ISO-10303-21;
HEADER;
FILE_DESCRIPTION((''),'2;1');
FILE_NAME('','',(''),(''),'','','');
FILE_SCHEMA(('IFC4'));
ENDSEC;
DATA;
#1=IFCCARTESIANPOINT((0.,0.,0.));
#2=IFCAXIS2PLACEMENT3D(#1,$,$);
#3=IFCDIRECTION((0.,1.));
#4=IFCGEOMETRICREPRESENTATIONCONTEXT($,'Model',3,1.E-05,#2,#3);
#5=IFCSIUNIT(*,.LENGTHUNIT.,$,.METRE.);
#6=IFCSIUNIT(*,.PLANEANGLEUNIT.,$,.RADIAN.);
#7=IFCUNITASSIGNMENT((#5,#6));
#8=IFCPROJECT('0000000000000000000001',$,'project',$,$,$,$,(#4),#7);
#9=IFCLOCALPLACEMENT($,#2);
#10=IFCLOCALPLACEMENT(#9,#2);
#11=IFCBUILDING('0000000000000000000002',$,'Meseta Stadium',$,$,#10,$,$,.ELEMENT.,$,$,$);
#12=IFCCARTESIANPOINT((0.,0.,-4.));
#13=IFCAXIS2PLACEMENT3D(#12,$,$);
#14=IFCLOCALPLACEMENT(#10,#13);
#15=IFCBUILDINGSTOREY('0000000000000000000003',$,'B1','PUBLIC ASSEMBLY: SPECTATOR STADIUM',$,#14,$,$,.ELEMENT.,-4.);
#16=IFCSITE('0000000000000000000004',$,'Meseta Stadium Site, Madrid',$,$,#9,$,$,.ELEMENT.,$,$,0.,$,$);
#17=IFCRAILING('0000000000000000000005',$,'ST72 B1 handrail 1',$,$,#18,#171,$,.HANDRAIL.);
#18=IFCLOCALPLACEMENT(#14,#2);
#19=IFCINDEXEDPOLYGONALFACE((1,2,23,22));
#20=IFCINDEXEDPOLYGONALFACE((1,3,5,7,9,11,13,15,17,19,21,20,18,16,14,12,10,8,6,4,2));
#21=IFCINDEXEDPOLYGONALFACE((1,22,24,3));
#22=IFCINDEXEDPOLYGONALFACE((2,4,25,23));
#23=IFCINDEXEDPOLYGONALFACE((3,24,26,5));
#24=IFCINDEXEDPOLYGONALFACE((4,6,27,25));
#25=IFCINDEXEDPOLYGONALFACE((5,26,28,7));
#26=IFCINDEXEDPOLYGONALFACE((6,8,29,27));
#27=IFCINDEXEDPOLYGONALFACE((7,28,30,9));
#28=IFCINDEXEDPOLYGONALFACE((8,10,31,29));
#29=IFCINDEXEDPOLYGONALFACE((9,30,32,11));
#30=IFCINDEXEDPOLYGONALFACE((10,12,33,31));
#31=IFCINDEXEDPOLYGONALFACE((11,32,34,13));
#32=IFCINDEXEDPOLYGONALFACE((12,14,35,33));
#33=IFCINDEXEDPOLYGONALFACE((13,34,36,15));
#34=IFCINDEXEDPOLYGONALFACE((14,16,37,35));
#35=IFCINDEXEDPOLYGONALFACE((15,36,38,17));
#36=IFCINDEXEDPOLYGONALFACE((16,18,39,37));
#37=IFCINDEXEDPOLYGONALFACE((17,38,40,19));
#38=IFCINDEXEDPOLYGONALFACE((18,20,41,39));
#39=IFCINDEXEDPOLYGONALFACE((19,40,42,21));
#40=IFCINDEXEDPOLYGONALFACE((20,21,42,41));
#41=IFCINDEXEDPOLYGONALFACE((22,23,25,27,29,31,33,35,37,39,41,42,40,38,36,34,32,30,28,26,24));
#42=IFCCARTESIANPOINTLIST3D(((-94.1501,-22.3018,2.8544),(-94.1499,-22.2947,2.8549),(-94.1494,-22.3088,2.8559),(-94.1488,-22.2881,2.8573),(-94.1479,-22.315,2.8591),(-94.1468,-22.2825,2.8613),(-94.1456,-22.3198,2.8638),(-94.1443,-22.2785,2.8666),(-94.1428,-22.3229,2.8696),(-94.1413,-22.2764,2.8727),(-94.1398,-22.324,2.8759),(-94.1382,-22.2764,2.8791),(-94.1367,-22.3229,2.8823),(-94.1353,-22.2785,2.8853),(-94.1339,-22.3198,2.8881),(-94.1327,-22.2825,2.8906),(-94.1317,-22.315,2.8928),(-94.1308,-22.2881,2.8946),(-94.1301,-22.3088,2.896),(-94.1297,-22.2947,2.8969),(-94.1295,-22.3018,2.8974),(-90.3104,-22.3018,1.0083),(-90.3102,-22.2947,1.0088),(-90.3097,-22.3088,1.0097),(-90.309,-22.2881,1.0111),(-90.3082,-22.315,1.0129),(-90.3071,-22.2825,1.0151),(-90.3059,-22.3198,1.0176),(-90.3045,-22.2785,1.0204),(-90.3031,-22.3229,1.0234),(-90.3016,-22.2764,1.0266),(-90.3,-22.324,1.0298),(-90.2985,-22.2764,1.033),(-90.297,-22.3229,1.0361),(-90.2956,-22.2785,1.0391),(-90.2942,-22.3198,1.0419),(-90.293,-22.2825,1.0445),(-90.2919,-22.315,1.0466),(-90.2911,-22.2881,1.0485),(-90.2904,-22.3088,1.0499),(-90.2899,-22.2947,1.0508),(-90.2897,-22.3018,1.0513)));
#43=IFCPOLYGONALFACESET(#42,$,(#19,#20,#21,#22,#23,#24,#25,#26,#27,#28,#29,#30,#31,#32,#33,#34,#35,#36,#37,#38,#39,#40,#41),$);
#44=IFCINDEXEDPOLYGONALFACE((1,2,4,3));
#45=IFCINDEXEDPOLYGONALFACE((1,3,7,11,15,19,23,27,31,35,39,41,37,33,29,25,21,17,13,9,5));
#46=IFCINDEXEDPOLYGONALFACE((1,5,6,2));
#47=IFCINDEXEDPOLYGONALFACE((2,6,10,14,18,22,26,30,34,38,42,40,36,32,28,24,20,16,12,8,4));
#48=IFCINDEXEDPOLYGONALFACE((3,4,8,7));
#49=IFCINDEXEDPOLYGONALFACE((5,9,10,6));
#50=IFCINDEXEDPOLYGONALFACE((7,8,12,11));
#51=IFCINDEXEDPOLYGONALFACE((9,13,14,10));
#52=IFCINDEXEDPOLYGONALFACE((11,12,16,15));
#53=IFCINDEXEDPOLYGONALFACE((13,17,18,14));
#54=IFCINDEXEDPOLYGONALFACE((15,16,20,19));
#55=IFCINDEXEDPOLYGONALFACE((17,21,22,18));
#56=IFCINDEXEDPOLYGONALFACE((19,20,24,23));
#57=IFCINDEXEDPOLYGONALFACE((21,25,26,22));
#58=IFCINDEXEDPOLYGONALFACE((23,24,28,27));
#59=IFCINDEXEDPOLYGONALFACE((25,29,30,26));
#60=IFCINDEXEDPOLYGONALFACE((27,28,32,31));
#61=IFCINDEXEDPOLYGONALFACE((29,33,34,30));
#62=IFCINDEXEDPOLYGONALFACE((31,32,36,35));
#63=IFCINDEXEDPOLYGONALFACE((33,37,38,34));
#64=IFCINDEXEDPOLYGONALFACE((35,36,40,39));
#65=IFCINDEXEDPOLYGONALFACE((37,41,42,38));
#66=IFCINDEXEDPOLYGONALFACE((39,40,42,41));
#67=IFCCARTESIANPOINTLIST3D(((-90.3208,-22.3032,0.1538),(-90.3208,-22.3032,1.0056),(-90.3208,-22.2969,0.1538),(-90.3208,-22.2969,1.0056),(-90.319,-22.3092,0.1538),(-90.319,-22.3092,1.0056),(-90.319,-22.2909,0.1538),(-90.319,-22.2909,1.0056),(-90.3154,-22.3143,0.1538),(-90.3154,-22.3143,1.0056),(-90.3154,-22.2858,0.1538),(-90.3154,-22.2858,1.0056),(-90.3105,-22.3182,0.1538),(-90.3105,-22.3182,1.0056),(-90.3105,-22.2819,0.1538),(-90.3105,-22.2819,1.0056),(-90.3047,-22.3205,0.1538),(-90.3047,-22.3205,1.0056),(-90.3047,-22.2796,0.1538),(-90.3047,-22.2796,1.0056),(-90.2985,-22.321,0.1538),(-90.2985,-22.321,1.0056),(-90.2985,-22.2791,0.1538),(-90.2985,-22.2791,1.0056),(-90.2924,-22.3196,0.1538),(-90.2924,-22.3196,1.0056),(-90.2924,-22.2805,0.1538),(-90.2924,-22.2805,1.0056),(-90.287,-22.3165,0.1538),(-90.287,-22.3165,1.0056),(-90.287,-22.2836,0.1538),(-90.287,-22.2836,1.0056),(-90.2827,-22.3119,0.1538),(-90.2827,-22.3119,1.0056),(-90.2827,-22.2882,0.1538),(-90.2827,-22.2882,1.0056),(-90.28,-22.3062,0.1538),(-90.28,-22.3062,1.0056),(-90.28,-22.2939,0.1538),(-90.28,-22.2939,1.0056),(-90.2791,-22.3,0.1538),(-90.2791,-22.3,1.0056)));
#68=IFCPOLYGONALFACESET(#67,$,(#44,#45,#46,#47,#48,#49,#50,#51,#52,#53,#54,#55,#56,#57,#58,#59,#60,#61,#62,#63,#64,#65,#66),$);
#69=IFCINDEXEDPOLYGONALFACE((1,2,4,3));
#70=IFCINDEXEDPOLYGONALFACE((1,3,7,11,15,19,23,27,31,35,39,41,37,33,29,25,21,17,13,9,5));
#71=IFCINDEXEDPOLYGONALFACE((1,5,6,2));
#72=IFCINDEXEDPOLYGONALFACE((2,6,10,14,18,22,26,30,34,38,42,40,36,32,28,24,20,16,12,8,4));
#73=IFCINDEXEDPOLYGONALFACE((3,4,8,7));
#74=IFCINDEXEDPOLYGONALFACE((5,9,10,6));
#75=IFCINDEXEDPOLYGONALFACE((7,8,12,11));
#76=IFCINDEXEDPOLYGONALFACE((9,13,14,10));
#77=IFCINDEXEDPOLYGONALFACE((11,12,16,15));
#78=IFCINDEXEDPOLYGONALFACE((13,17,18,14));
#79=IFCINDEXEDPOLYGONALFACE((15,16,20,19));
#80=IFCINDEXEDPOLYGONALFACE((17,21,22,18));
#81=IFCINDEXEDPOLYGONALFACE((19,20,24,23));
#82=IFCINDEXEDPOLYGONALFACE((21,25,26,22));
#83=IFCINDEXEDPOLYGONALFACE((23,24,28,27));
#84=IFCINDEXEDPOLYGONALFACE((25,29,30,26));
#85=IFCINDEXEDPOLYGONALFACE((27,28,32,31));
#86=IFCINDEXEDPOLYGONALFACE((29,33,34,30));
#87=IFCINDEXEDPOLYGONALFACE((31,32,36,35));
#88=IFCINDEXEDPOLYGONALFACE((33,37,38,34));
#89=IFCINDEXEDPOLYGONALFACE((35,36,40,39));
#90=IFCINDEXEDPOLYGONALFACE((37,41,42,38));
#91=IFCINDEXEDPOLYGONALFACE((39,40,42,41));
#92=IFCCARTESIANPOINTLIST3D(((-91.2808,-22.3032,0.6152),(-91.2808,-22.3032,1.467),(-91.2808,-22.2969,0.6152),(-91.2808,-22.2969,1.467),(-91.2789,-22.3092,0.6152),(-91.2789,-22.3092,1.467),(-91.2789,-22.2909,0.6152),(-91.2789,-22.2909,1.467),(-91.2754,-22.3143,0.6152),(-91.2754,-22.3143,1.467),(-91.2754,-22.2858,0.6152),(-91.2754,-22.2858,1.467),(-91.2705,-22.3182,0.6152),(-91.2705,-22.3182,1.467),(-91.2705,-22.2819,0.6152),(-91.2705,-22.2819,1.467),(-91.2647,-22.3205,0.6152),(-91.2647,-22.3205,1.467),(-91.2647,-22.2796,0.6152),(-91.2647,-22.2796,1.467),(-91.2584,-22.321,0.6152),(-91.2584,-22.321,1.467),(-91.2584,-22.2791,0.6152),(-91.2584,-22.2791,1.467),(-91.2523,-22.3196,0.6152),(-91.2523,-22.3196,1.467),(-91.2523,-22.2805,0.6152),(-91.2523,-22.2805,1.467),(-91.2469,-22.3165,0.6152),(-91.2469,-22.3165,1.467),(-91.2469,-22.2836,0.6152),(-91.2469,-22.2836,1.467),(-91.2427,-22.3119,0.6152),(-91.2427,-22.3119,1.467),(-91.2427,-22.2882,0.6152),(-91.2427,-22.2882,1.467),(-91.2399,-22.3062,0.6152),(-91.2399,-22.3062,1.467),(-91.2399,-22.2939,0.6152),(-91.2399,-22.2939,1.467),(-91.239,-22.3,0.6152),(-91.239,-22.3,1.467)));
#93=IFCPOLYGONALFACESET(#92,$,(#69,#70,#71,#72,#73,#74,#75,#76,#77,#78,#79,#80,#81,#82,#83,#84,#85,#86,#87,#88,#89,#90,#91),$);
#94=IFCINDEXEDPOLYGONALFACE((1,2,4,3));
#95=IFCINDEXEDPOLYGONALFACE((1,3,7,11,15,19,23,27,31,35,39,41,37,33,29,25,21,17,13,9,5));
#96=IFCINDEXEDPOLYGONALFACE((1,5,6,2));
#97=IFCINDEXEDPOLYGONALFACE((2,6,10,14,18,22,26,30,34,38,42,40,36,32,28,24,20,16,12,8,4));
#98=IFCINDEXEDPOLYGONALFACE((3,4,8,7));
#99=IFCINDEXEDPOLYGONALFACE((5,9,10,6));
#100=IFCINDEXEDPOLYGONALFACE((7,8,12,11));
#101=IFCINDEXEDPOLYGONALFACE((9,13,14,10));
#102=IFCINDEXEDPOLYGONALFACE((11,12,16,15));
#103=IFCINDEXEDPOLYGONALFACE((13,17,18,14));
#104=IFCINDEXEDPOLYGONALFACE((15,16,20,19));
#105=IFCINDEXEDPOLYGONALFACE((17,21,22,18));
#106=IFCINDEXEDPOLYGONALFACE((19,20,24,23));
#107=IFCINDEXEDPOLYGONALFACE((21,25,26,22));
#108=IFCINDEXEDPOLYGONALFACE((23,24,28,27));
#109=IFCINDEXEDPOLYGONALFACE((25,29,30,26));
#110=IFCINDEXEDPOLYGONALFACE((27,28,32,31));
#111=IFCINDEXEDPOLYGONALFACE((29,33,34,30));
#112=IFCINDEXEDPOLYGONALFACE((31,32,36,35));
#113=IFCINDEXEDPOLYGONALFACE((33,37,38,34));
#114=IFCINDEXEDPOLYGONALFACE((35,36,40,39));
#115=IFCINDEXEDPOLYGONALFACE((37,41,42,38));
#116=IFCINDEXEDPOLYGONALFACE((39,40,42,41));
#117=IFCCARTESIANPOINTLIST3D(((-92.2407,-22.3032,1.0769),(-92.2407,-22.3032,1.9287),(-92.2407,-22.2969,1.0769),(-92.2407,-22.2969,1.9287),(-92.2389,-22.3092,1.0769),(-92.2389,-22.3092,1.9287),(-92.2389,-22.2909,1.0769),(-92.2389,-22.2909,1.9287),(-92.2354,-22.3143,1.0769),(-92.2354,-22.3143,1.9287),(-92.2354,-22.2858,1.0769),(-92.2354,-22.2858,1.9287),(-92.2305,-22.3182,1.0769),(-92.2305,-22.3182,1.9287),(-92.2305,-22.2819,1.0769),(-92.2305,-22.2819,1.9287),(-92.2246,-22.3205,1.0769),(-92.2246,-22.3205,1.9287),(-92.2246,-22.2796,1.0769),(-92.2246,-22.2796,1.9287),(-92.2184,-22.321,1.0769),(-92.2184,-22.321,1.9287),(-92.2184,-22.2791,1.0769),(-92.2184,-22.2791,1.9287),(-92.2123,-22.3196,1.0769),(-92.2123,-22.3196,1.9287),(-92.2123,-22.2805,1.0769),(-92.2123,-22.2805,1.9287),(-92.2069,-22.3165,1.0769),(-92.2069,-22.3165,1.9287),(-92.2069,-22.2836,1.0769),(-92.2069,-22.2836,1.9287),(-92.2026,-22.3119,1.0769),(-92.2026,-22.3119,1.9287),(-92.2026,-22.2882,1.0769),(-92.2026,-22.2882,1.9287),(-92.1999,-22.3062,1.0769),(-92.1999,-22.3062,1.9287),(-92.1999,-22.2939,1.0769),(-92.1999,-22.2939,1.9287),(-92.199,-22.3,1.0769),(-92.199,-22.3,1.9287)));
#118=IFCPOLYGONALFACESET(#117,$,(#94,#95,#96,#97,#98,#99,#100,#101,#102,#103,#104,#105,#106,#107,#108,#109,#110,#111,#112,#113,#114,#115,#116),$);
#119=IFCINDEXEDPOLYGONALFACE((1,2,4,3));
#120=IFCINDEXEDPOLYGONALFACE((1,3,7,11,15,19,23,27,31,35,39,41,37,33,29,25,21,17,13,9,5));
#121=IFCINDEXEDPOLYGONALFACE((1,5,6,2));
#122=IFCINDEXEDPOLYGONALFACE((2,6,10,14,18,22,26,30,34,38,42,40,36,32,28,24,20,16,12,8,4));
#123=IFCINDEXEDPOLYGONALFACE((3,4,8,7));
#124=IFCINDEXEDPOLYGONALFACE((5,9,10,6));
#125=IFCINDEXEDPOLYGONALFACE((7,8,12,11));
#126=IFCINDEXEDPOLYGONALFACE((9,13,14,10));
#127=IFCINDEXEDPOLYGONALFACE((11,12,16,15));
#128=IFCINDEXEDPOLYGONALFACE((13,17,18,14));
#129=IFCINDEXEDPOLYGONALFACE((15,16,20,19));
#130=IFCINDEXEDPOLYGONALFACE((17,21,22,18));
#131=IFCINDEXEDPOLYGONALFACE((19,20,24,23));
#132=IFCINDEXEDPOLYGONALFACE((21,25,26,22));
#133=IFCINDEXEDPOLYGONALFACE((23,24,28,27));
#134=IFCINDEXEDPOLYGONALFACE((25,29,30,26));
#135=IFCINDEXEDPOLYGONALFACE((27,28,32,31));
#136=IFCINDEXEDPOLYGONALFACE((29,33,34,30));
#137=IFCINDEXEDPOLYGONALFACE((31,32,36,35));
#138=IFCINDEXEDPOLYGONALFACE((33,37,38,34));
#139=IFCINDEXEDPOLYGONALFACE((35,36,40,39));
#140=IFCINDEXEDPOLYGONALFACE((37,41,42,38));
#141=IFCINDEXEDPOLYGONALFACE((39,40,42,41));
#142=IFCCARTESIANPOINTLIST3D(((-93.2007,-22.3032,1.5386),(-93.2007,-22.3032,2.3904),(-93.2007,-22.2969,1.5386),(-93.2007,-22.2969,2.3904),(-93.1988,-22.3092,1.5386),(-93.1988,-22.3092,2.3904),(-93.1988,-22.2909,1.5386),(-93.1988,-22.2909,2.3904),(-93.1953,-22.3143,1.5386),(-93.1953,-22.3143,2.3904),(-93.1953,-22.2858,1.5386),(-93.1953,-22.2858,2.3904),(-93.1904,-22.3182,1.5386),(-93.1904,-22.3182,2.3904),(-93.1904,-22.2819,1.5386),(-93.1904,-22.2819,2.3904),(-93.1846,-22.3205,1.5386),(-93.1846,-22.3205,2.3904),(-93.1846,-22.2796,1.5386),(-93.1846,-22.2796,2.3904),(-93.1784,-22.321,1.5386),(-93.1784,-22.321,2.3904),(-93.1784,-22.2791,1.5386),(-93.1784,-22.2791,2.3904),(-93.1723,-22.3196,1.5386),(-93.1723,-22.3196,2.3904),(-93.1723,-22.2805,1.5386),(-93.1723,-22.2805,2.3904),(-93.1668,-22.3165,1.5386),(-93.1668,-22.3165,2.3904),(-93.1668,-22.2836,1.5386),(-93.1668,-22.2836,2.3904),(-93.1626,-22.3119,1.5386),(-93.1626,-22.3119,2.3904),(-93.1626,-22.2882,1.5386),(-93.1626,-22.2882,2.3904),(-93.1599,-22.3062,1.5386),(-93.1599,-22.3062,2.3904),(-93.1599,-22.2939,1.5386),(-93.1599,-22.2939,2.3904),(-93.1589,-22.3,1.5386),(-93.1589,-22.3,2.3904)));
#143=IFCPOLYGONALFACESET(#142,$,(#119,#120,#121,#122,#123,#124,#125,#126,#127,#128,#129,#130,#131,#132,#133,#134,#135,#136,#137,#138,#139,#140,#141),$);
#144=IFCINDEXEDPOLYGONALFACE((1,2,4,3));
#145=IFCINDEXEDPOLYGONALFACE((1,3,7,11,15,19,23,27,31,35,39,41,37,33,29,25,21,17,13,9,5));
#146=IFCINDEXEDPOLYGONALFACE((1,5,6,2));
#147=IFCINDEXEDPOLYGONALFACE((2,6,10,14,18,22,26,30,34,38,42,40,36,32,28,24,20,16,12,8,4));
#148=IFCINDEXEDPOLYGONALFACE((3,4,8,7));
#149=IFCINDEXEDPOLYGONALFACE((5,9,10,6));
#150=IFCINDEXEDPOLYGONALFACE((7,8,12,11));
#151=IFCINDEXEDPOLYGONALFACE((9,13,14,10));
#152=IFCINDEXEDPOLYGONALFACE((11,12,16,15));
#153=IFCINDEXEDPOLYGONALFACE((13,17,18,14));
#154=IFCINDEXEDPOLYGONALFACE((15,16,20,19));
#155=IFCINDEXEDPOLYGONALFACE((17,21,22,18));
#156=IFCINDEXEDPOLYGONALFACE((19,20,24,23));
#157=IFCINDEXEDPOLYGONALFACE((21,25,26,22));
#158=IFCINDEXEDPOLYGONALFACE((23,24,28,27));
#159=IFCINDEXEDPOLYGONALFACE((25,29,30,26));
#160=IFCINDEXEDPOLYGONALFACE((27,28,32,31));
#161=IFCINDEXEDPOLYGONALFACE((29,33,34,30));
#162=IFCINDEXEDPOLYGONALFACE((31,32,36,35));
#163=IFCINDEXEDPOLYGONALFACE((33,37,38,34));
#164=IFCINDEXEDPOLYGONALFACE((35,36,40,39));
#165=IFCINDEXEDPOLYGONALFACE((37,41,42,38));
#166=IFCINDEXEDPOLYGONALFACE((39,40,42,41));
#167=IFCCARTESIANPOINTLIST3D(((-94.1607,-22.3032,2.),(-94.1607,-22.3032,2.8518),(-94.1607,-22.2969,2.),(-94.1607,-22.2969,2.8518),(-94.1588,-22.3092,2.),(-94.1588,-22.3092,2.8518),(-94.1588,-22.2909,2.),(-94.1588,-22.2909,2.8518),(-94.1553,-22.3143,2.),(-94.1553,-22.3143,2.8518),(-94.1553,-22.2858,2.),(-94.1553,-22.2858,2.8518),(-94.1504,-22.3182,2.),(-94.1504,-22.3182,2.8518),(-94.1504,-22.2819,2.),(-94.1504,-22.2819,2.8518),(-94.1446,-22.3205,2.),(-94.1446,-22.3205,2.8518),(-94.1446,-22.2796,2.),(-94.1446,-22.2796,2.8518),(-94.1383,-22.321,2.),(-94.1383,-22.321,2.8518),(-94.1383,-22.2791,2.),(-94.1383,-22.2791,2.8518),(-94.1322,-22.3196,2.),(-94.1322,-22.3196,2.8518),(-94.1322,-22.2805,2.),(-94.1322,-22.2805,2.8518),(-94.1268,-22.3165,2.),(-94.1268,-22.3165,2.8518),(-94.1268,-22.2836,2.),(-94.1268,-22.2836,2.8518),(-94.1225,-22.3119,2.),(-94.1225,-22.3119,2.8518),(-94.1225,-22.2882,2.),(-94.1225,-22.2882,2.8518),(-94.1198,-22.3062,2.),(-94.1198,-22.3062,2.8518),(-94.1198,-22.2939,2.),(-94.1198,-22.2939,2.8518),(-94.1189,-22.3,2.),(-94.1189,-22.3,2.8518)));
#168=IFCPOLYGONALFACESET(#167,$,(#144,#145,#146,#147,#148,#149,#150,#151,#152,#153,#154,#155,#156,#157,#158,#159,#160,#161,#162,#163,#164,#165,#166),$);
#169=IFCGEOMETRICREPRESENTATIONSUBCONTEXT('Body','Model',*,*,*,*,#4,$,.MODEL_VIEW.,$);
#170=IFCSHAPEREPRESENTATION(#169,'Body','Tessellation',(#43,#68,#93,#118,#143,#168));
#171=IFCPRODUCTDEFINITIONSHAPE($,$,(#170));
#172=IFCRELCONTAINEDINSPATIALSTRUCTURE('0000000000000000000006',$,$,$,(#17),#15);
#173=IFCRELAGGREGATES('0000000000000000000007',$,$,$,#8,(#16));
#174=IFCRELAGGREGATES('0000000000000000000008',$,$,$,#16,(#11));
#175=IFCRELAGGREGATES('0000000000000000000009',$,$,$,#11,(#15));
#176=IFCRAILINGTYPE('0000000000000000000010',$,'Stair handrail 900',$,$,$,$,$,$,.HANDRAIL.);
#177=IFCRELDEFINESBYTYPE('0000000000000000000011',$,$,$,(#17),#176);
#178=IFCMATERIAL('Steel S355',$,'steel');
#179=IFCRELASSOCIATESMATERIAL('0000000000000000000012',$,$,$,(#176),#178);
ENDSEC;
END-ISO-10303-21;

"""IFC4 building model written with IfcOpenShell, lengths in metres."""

from ifc_helpers import new_model, si_unit, direction, frame, origin, origin_2d, place, context, subcontext, project, spatial, circle, extrude, material, type_object, element, save


model = new_model("IFC4")

# Units and contexts
model_context = context("Model", 3, precision=1e-05, world=origin(), true_north=direction((0.0, 1.0)))
body_context = subcontext(model_context, "Body", "Model", "MODEL_VIEW")
ifc_project = project(units=[si_unit("LENGTHUNIT", "METRE"), si_unit("PLANEANGLEUNIT", "RADIAN")], contexts=[model_context])

# Site, building, storey
site_placement = place(None, origin())
site = spatial("IfcSite", under=ifc_project, at=site_placement, Name="Meseta Stadium Site, Madrid", CompositionType="ELEMENT", RefElevation=0.0)
building_placement = place(site_placement, origin())
building = spatial("IfcBuilding", under=site, at=building_placement, Name="Meseta Stadium", CompositionType="ELEMENT")
storey_placement = place(building_placement, frame((0.0, 0.0, -4.0)))
storey = spatial("IfcBuildingStorey", under=building, at=storey_placement, Name="B1", Description="PUBLIC ASSEMBLY: SPECTATOR STADIUM", CompositionType="ELEMENT", Elevation=-4.0)

# Railing
ifc_material_1 = material(Name="Steel S355", Category="steel")
railing_type_1 = type_object("IfcRailingType", Name="Stair handrail 900", PredefinedType="HANDRAIL", material=ifc_material_1)
railing_1_placement = place(storey_placement, frame((-90.3, -22.3, 0.1538)))
element("IfcRailing", 1, at=railing_1_placement, inside=storey, type_object=railing_type_1, Name="ST72 B1 handrail 1", PredefinedType="HANDRAIL", context=body_context, shape_type="SweptSolid", body=[
    extrude(circle(Radius=0.0239, at=origin_2d()), frame((0.0, 0.0, 0.876), z_axis=(-0.901242, 0.0, 0.433316), x_axis=(0.0, -1.0, 0.0)), (0.0, 0.0, 1.0), 4.2605),
    extrude(circle(Radius=0.021, at=origin_2d()), origin(), (0.0, 0.0, 1.0), 0.8518),
    extrude(circle(Radius=0.021, at=origin_2d()), frame((-0.96, 0.0, 0.4614)), (0.0, 0.0, 1.0), 0.8518),
    extrude(circle(Radius=0.021, at=origin_2d()), frame((-1.9199, 0.0, 0.9231)), (0.0, 0.0, 1.0), 0.8518),
    extrude(circle(Radius=0.021, at=origin_2d()), frame((-2.8799, 0.0, 1.3848)), (0.0, 0.0, 1.0), 0.8518),
    extrude(circle(Radius=0.021, at=origin_2d()), frame((-3.8398, 0.0, 1.8462)), (0.0, 0.0, 1.0), 0.8518),
])

save(model, "model.ifc")
